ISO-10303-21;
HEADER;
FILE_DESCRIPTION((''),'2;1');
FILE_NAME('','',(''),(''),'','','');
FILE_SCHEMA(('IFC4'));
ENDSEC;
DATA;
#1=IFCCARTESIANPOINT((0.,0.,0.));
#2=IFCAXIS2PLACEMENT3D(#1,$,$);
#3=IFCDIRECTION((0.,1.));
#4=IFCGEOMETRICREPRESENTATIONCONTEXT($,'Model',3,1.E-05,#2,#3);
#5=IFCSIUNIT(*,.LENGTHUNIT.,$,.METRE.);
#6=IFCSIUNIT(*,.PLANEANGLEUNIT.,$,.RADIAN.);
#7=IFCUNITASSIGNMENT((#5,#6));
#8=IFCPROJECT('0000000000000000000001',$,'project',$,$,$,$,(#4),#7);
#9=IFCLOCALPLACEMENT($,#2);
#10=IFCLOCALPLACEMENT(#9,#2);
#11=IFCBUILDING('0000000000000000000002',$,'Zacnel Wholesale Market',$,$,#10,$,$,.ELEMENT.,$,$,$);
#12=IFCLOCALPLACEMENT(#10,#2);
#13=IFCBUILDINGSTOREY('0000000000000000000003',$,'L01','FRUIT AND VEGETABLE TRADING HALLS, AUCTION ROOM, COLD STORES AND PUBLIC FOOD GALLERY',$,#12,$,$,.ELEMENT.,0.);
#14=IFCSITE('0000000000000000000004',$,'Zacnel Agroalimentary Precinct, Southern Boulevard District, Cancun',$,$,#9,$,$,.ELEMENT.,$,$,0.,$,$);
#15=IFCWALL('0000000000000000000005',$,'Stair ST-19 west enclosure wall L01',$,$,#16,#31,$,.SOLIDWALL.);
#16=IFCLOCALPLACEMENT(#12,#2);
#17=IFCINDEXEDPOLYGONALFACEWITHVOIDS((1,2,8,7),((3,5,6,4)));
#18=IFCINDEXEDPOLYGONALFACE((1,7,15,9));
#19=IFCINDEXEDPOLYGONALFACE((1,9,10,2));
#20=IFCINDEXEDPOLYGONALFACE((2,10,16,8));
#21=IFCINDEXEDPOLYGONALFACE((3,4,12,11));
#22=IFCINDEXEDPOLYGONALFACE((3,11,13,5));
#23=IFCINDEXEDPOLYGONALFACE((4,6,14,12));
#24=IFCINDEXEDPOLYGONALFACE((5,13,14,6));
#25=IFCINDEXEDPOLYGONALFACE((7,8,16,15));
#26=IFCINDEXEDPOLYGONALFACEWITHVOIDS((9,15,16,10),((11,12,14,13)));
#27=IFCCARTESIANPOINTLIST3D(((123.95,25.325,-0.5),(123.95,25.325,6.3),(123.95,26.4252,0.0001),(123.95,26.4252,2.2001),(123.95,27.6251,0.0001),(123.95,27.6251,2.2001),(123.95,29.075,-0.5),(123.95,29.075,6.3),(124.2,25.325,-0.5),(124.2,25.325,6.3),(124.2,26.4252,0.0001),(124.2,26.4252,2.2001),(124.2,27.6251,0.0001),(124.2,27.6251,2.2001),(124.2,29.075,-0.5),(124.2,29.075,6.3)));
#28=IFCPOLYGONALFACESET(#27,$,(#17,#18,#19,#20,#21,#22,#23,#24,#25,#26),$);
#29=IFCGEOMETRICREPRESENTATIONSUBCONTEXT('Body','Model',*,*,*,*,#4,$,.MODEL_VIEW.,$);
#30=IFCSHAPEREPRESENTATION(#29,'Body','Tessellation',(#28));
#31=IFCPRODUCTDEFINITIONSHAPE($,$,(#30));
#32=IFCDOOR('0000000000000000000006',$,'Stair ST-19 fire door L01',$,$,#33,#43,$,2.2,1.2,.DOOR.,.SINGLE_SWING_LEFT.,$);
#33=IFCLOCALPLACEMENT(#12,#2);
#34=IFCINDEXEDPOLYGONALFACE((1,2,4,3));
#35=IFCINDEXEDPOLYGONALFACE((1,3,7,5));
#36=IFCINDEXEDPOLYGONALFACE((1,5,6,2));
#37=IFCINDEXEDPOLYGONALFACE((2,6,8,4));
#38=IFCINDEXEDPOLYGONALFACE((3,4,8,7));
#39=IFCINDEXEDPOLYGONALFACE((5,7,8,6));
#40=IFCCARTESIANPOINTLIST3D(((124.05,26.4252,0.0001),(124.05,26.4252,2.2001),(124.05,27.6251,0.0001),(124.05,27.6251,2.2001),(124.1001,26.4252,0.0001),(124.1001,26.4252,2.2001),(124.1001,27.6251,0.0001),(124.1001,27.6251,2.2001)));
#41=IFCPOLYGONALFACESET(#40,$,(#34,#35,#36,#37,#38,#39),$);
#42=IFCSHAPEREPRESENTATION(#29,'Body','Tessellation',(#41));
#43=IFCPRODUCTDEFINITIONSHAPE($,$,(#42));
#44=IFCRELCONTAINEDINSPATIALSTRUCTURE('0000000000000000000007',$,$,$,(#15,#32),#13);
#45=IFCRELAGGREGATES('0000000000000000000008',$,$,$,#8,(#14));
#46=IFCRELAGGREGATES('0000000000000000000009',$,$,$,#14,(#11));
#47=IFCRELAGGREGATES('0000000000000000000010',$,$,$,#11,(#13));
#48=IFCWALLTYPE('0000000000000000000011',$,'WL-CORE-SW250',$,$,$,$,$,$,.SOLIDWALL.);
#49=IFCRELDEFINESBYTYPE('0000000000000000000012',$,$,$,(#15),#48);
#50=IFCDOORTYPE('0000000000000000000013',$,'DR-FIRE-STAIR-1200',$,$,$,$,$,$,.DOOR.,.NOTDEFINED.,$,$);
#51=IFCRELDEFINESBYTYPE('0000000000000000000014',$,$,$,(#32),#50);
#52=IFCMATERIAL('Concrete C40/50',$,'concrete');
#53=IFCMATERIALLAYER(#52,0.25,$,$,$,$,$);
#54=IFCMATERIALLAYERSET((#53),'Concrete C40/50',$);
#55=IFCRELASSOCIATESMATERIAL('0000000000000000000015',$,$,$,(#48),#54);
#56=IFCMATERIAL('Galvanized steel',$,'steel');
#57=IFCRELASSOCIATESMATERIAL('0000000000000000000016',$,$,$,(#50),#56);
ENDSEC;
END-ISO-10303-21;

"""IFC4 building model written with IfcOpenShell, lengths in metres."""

from ifc_helpers import new_model, si_unit, direction, frame, frame_2d, origin, place, context, subcontext, project, spatial, rectangle, extrude, material, layer, layer_set, type_object, element, fill, save


model = new_model("IFC4")

# Units and contexts
model_context = context("Model", 3, precision=1e-05, world=origin(), true_north=direction((0.0, 1.0)))
body_context = subcontext(model_context, "Body", "Model", "MODEL_VIEW")
ifc_project = project(units=[si_unit("LENGTHUNIT", "METRE"), si_unit("PLANEANGLEUNIT", "RADIAN")], contexts=[model_context])

# Site, building, storey
site_placement = place(None, origin())
site = spatial("IfcSite", under=ifc_project, at=site_placement, Name="Zacnel Agroalimentary Precinct, Southern Boulevard District, Cancun", CompositionType="ELEMENT", RefElevation=0.0)
building_placement = place(site_placement, origin())
building = spatial("IfcBuilding", under=site, at=building_placement, Name="Zacnel Wholesale Market", CompositionType="ELEMENT")
storey_placement = place(building_placement, origin())
storey = spatial("IfcBuildingStorey", under=building, at=storey_placement, Name="L01", Description="FRUIT AND VEGETABLE TRADING HALLS, AUCTION ROOM, COLD STORES AND PUBLIC FOOD GALLERY", CompositionType="ELEMENT", Elevation=0.0)

# Shared definitions
ifc_material_1 = material(Name="Concrete C40/50", Category="concrete")
ifc_layer_1 = layer(ifc_material_1, 0.25)
ifc_layer_set_1 = layer_set([ifc_layer_1], Name="Concrete C40/50")
wall_type_1 = type_object("IfcWallType", Name="WL-CORE-SW250", PredefinedType="SOLIDWALL", material=ifc_layer_set_1)
ifc_material_2 = material(Name="Galvanized steel", Category="steel")
door_type_1 = type_object("IfcDoorType", Name="DR-FIRE-STAIR-1200", OperationType="NOTDEFINED", PredefinedType="DOOR", material=ifc_material_2)

# Wall, opening, door
wall_1_placement = place(storey_placement, frame((124.075, 25.325, -0.5), z_axis=(0.0, 0.0, 1.0), x_axis=(0.0, 1.0, 0.0)))
wall_1 = element("IfcWall", 1, at=wall_1_placement, inside=storey, type_object=wall_type_1, Name="Stair ST-19 west enclosure wall L01", PredefinedType="SOLIDWALL", context=body_context, shape_type="SweptSolid", body=[
    extrude(rectangle(XDim=3.75, YDim=0.25, at=frame_2d((1.875, 0.0))), origin(), (0.0, 0.0, 1.0), 6.8),
])
opening_1_placement = place(wall_1_placement, frame((1.1001, 0.0, 0.5)))
opening_1 = element("IfcOpeningElement", 2, at=opening_1_placement, cuts=wall_1, PredefinedType="OPENING", context=body_context, shape_type="SweptSolid", body=[
    extrude(rectangle(XDim=1.2, YDim=2.2, at=frame_2d((0.6001, 1.1001))), frame((0.0, 0.135, 0.0), z_axis=(0.0, -1.0, 0.0), x_axis=(1.0, 0.0, 0.0)), (0.0, 0.0, 1.0), 0.27),
])
door_1_placement = place(opening_1_placement, origin())
door_1 = element("IfcDoor", 3, at=door_1_placement, inside=storey, type_object=door_type_1, Name="Stair ST-19 fire door L01", OperationType="SINGLE_SWING_LEFT", OverallHeight=2.2, OverallWidth=1.2, PredefinedType="DOOR", context=body_context, shape_type="SweptSolid", body=[
    extrude(rectangle(XDim=1.2, YDim=2.2, at=frame_2d((0.6001, 1.1001))), frame((0.0, 0.0249, 0.0), z_axis=(0.0, -1.0, 0.0), x_axis=(1.0, 0.0, 0.0)), (0.0, 0.0, 1.0), 0.05),
])
fill(opening_1, door_1)

save(model, "model.ifc")
